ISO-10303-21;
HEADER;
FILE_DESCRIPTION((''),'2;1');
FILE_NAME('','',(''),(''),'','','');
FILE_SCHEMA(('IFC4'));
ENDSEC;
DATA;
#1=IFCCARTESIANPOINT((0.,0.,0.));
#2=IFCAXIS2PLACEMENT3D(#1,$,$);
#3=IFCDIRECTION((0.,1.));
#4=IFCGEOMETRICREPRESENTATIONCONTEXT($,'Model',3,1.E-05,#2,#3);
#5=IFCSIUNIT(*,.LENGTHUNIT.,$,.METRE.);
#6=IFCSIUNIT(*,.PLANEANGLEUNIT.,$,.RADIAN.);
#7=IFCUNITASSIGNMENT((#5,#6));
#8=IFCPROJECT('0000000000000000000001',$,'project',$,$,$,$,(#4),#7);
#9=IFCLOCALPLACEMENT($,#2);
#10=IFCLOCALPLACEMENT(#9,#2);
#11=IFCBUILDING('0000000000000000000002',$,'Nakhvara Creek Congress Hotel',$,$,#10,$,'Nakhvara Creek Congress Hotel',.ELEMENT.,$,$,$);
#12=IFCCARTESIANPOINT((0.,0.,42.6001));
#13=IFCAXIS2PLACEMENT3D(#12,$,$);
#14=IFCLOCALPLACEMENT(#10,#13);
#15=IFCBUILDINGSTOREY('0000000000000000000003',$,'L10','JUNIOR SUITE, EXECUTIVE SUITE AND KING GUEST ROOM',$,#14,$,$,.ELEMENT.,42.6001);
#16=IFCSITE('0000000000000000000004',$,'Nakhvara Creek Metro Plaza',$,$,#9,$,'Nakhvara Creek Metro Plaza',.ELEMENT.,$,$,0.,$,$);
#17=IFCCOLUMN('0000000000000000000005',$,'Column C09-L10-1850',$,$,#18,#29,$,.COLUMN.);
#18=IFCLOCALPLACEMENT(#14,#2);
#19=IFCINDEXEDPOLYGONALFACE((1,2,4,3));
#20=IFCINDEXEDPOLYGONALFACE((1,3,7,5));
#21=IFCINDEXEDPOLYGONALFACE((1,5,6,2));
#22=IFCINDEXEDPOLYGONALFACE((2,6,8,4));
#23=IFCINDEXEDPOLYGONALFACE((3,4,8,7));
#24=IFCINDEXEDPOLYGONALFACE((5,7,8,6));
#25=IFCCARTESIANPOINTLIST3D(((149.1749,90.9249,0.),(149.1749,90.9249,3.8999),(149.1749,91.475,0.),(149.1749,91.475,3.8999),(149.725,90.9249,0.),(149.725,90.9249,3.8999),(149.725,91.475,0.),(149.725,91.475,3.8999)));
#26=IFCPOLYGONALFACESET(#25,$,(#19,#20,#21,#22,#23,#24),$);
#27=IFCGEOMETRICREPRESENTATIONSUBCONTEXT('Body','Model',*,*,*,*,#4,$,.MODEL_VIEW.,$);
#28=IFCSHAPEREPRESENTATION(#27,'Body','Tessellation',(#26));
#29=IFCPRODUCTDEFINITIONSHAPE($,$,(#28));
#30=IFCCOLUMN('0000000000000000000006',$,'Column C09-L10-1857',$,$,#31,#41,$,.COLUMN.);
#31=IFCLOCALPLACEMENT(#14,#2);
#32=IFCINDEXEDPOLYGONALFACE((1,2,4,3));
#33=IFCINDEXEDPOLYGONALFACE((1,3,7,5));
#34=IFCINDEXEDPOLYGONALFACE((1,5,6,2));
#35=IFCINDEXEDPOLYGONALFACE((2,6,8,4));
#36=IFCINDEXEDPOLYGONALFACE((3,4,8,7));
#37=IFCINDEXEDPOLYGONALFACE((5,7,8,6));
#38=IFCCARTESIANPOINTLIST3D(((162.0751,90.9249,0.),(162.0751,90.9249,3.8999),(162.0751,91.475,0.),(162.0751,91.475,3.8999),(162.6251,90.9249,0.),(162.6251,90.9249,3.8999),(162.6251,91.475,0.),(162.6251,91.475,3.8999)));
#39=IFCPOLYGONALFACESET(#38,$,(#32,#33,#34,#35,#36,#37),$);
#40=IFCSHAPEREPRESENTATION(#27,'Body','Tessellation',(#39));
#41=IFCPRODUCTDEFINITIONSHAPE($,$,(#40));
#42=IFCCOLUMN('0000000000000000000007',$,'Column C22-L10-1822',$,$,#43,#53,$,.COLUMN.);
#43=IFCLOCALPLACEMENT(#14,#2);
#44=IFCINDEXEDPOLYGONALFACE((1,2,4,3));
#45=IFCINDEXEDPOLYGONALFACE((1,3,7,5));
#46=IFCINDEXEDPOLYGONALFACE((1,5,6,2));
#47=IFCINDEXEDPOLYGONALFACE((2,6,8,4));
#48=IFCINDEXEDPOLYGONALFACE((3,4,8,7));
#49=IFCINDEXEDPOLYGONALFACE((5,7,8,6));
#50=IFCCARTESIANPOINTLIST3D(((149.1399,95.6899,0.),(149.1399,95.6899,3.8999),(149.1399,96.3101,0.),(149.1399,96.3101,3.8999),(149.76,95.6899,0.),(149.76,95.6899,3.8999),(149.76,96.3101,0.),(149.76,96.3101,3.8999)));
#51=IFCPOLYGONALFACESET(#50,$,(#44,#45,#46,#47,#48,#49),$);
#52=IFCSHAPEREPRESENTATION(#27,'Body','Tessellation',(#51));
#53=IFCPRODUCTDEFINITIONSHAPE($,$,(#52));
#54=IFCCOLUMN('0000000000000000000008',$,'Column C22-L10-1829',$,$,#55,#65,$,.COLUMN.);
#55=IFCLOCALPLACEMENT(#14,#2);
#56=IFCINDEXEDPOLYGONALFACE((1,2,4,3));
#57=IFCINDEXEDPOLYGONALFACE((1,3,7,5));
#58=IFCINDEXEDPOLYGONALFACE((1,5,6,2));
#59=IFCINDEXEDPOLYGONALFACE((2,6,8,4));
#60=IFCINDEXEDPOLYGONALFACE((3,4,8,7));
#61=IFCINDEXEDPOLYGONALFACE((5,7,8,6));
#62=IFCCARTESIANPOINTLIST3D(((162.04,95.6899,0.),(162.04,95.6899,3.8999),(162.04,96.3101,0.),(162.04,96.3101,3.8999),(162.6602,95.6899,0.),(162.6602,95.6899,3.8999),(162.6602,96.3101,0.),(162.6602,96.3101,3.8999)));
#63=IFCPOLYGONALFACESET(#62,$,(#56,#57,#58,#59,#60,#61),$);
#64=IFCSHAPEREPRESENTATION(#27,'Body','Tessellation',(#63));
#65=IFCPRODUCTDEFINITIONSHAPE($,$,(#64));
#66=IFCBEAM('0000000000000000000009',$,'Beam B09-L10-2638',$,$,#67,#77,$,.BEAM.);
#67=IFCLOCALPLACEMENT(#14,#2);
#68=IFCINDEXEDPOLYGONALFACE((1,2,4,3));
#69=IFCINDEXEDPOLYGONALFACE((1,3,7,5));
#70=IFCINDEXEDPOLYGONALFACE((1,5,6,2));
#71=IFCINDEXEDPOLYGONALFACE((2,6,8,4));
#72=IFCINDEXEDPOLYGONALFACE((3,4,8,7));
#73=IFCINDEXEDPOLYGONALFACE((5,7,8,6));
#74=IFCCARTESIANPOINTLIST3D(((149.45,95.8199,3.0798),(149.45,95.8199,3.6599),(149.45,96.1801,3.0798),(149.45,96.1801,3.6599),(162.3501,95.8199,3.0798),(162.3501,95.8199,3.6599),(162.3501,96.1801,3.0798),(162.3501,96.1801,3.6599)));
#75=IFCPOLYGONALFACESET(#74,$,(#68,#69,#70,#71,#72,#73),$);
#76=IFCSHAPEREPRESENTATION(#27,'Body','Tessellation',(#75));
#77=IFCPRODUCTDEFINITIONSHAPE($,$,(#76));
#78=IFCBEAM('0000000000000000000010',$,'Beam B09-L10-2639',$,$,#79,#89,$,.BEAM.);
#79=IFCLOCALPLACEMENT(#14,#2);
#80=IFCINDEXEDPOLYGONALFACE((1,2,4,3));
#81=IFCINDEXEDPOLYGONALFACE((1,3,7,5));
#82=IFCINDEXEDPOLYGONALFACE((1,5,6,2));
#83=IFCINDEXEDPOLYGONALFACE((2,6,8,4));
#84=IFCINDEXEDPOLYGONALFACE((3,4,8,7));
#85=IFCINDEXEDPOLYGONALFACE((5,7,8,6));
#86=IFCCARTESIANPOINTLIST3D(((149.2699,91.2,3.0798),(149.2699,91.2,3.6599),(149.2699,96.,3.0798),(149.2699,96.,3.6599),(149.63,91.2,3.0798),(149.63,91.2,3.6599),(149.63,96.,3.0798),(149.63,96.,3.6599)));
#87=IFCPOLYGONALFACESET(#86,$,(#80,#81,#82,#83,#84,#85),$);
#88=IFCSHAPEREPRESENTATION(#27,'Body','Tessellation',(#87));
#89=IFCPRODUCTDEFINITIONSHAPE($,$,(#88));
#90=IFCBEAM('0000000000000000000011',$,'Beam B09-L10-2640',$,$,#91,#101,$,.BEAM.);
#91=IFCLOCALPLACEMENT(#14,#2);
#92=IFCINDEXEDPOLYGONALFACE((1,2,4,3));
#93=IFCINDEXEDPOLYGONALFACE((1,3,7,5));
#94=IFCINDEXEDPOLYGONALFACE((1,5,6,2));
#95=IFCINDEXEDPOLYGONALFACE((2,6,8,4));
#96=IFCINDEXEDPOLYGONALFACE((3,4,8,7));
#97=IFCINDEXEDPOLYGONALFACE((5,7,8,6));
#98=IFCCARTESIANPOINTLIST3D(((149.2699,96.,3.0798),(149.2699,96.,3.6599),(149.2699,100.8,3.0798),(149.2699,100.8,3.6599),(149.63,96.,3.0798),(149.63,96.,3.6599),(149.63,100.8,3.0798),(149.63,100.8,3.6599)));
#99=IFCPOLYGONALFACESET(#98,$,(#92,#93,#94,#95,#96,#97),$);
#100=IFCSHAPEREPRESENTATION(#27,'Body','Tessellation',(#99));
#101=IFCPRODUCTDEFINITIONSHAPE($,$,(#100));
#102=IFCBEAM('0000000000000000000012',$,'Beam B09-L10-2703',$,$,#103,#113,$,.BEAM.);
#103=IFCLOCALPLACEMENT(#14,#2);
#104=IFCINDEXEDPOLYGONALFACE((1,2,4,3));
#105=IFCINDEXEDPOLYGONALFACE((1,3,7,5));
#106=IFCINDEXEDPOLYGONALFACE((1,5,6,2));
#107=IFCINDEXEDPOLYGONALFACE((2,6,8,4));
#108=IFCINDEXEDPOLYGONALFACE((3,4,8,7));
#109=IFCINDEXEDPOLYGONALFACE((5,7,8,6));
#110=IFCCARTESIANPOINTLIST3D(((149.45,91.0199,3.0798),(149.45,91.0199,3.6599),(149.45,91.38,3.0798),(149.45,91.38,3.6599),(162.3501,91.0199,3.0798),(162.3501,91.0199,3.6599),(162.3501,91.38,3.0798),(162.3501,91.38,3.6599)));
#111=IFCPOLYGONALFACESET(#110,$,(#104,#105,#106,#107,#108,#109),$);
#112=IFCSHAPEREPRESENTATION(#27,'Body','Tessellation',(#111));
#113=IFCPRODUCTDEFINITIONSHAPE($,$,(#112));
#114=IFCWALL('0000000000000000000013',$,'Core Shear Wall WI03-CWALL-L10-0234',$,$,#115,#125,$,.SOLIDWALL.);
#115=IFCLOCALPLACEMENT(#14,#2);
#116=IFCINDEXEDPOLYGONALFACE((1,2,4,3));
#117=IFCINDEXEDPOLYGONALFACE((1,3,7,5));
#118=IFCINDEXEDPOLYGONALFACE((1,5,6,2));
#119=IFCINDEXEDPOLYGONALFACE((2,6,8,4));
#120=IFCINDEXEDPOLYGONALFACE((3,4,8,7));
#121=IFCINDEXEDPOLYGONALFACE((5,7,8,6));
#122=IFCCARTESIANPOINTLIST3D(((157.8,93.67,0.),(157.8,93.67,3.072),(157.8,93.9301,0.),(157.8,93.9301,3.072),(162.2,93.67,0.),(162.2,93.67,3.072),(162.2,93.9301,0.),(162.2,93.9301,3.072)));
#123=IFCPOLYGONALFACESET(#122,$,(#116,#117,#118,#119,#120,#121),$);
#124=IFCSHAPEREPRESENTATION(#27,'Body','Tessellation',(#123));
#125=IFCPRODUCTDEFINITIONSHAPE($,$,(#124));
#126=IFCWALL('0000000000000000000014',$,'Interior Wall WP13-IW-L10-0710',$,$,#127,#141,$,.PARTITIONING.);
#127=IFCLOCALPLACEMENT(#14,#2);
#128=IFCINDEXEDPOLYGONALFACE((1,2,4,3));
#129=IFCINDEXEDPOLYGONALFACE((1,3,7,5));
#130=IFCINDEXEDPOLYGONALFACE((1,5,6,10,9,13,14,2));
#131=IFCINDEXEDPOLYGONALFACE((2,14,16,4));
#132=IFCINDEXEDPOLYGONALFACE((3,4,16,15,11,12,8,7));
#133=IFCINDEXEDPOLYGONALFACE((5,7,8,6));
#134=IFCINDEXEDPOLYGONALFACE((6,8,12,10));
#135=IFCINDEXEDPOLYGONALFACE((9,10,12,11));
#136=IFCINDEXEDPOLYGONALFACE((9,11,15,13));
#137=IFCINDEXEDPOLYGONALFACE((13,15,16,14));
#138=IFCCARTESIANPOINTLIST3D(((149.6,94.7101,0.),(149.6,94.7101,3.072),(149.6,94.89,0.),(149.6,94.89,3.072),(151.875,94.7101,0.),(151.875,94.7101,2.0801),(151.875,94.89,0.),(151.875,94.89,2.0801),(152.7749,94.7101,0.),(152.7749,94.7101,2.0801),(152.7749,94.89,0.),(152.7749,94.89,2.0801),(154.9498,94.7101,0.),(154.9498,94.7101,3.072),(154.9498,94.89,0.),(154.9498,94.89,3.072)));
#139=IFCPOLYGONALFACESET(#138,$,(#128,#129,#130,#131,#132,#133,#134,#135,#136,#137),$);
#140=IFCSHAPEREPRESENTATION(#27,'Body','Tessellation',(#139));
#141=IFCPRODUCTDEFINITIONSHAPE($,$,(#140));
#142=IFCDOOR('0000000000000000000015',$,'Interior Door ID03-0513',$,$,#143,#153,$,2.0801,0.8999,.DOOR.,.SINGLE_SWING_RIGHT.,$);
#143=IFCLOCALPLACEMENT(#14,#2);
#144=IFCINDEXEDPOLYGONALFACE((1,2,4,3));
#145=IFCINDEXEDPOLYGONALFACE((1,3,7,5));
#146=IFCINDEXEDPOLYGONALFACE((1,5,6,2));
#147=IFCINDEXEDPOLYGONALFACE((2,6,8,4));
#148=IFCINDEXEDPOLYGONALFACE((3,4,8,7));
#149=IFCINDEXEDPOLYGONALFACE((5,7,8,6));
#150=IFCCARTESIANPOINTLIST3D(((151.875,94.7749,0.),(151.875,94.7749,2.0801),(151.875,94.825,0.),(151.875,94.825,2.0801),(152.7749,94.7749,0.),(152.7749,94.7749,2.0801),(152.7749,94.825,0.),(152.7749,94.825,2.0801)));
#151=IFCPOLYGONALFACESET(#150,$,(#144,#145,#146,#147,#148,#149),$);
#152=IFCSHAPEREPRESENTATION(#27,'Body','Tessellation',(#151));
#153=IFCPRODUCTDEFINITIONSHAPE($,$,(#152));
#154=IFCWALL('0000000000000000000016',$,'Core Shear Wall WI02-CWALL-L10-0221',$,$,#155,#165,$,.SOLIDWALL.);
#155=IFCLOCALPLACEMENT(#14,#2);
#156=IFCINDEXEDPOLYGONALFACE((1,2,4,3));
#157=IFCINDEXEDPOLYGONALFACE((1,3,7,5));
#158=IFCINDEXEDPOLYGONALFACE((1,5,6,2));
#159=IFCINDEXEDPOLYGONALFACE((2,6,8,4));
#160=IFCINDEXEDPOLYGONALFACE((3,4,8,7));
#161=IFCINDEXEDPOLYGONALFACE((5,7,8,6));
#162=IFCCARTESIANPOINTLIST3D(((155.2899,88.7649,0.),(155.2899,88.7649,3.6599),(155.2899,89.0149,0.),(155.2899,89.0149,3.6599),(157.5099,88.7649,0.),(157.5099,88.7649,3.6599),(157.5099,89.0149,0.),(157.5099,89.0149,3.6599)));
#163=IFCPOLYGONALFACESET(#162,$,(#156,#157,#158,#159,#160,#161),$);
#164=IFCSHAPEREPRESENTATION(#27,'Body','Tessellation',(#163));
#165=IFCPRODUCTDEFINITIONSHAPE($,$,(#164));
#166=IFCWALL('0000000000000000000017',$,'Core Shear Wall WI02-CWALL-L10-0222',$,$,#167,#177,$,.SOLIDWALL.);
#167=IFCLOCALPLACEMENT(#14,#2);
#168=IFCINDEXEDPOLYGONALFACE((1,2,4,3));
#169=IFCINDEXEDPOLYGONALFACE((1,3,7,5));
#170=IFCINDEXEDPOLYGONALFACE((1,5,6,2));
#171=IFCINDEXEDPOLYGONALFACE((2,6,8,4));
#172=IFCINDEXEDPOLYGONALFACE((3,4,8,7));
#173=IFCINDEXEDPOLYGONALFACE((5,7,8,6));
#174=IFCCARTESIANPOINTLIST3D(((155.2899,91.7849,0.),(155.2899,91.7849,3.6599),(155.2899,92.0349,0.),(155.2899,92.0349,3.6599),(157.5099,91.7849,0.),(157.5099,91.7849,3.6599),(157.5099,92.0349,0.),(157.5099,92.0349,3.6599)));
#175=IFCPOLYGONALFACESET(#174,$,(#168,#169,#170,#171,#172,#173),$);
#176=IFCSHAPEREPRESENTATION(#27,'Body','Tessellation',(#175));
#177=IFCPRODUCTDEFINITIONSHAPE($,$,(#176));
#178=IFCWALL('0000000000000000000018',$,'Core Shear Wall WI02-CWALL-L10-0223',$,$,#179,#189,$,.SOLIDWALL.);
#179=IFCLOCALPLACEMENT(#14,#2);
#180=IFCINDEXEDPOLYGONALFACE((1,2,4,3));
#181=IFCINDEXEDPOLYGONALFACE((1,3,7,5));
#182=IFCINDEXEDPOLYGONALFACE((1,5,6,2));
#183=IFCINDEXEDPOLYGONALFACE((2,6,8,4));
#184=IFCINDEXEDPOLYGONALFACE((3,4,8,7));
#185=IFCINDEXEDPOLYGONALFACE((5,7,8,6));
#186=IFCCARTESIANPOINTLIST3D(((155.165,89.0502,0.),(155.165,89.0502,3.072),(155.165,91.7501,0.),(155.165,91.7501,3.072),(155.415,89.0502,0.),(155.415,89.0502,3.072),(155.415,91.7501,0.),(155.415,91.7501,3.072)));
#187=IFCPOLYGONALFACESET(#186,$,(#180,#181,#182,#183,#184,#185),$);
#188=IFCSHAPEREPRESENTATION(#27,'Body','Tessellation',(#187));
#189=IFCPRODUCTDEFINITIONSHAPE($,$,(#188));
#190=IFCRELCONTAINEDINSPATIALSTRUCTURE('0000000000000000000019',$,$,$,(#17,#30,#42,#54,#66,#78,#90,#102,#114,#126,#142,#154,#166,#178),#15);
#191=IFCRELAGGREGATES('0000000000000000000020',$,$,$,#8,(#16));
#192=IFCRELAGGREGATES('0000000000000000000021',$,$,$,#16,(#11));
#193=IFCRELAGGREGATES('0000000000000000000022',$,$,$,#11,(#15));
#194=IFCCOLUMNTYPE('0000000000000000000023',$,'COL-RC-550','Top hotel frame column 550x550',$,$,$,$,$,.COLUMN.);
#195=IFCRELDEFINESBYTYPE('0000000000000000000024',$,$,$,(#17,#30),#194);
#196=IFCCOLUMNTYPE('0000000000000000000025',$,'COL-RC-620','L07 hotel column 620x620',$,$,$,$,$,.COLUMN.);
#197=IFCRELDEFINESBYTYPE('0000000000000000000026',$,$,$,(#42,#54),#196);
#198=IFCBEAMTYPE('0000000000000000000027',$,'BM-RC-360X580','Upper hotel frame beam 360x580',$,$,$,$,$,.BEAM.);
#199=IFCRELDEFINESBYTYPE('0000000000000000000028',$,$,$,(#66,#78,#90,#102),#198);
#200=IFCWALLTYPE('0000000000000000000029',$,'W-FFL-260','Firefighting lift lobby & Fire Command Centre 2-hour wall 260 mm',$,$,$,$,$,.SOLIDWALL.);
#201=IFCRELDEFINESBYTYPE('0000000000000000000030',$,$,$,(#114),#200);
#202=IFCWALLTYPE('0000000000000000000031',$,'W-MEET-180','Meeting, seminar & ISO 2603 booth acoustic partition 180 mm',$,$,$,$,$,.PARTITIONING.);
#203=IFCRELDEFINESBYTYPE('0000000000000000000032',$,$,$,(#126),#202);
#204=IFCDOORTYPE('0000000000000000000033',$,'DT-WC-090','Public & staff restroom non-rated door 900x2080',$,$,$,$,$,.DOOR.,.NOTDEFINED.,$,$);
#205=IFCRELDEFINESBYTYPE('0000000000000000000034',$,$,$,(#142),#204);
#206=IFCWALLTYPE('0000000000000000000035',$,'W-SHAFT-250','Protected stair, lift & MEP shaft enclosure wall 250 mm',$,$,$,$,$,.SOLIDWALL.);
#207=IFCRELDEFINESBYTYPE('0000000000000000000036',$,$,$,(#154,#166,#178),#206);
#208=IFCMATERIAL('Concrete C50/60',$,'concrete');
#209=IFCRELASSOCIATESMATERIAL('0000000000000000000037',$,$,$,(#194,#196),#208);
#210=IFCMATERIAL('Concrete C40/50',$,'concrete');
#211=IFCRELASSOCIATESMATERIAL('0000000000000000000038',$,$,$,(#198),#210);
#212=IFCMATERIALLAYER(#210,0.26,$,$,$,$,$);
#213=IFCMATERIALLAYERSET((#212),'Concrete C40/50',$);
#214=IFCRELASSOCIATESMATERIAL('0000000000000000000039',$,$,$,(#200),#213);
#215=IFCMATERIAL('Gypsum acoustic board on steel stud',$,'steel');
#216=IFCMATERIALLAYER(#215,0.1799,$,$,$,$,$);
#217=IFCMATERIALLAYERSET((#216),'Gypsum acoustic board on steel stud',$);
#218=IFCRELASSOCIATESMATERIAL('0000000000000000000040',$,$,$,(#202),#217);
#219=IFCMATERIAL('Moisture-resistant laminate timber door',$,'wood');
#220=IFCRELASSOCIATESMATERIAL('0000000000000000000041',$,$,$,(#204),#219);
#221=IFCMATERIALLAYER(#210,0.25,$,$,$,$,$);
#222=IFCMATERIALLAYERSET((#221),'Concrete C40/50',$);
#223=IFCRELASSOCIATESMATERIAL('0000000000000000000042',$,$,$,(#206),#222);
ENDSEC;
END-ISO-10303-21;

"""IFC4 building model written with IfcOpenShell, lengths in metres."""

from ifc_helpers import new_model, si_unit, direction, frame, frame_2d, origin, origin_2d, place, context, subcontext, project, spatial, rectangle, extrude, material, layer, layer_set, material_profile, profile_set, type_object, element, fill, save


model = new_model("IFC4")

# Units and contexts
model_context = context("Model", 3, precision=1e-05, world=origin(), true_north=direction((0.0, 1.0)))
body_context = subcontext(model_context, "Body", "Model", "MODEL_VIEW")
ifc_project = project(units=[si_unit("LENGTHUNIT", "METRE"), si_unit("PLANEANGLEUNIT", "RADIAN")], contexts=[model_context])

# Site, building, storey
site_placement = place(None, origin())
site = spatial("IfcSite", under=ifc_project, at=site_placement, Name="Nakhvara Creek Metro Plaza", LongName="Nakhvara Creek Metro Plaza", CompositionType="ELEMENT", RefElevation=0.0)
building_placement = place(site_placement, origin())
building = spatial("IfcBuilding", under=site, at=building_placement, Name="Nakhvara Creek Congress Hotel", LongName="Nakhvara Creek Congress Hotel", CompositionType="ELEMENT")
storey_placement = place(building_placement, frame((0.0, 0.0, 42.6001)))
storey = spatial("IfcBuildingStorey", under=building, at=storey_placement, Name="L10", Description="JUNIOR SUITE, EXECUTIVE SUITE AND KING GUEST ROOM", CompositionType="ELEMENT", Elevation=42.6001)

# Columns
ifc_material_1 = material(Name="Concrete C50/60", Category="concrete")
ifc_material_profile_1 = material_profile(ifc_material_1, rectangle(XDim=0.55, YDim=0.55, at=origin_2d()), Name="RC-COL 550x550", Category="LoadBearing")
ifc_profile_set_1 = profile_set([ifc_material_profile_1], Name="Concrete C50/60")
column_type_1 = type_object("IfcColumnType", Name="COL-RC-550", Description="Top hotel frame column 550x550", PredefinedType="COLUMN", material=ifc_profile_set_1)
for number, where, z_axis, x_axis, name in (
    (1, (149.45, 91.2, 0.0), (0.0, 0.0, 1.0), (1.0, 0.0, 0.0), "Column C09-L10-1850"),
    (2, (162.3501, 91.2, 0.0), (0.0, 0.0, 1.0), (1.0, 0.0, 0.0), "Column C09-L10-1857"),
):
    element("IfcColumn", number, at=place(storey_placement, frame(where, z_axis=z_axis, x_axis=x_axis)), inside=storey, type_object=column_type_1, Name=name, PredefinedType="COLUMN", context=body_context, shape_type="SweptSolid", body=[
        extrude(rectangle(XDim=0.55, YDim=0.55, at=origin_2d()), origin(), (0.0, 0.0, 1.0), 3.8999),
    ])
ifc_material_profile_2 = material_profile(ifc_material_1, rectangle(XDim=0.6201, YDim=0.6201, at=origin_2d()), Name="RC-COL 620x620", Category="LoadBearing")
ifc_profile_set_2 = profile_set([ifc_material_profile_2], Name="Concrete C50/60")
column_type_2 = type_object("IfcColumnType", Name="COL-RC-620", Description="L07 hotel column 620x620", PredefinedType="COLUMN", material=ifc_profile_set_2)
for number, where, z_axis, x_axis, name in (
    (3, (149.45, 96.0, 0.0), (0.0, 0.0, 1.0), (1.0, 0.0, 0.0), "Column C22-L10-1822"),
    (4, (162.3501, 96.0, 0.0), (0.0, 0.0, 1.0), (1.0, 0.0, 0.0), "Column C22-L10-1829"),
):
    element("IfcColumn", number, at=place(storey_placement, frame(where, z_axis=z_axis, x_axis=x_axis)), inside=storey, type_object=column_type_2, Name=name, PredefinedType="COLUMN", context=body_context, shape_type="SweptSolid", body=[
        extrude(rectangle(XDim=0.6201, YDim=0.6201, at=origin_2d()), origin(), (0.0, 0.0, 1.0), 3.8999),
    ])

# Beams
ifc_material_2 = material(Name="Concrete C40/50", Category="concrete")
ifc_material_profile_3 = material_profile(ifc_material_2, rectangle(XDim=0.3601, YDim=0.5801, at=origin_2d()), Name="RC-BM 360x580", Category="LoadBearing")
ifc_profile_set_3 = profile_set([ifc_material_profile_3], Name="Concrete C40/50")
beam_type = type_object("IfcBeamType", Name="BM-RC-360X580", Description="Upper hotel frame beam 360x580", PredefinedType="BEAM", material=ifc_profile_set_3)
beam_1_placement = place(storey_placement, frame((149.45, 96.0, 3.3699), z_axis=(1.0, 0.0, 0.0), x_axis=(0.0, 1.0, 0.0)))
element("IfcBeam", 5, at=beam_1_placement, inside=storey, type_object=beam_type, Name="Beam B09-L10-2638", PredefinedType="BEAM", context=body_context, shape_type="SweptSolid", body=[
    extrude(rectangle(XDim=0.3601, YDim=0.5801, at=origin_2d()), origin(), (0.0, 0.0, 1.0), 12.9001),
])
for number, where, z_axis, x_axis, name in (
    (6, (149.45, 91.2, 3.3699), (0.0, 1.0, 0.0), (-1.0, 0.0, 0.0), "Beam B09-L10-2639"),
    (7, (149.45, 96.0, 3.3699), (0.0, 1.0, 0.0), (-1.0, 0.0, 0.0), "Beam B09-L10-2640"),
):
    element("IfcBeam", number, at=place(storey_placement, frame(where, z_axis=z_axis, x_axis=x_axis)), inside=storey, type_object=beam_type, Name=name, PredefinedType="BEAM", context=body_context, shape_type="SweptSolid", body=[
        extrude(rectangle(XDim=0.3601, YDim=0.5801, at=origin_2d()), origin(), (0.0, 0.0, 1.0), 4.8),
    ])
beam_2_placement = place(storey_placement, frame((149.45, 91.2, 3.3699), z_axis=(1.0, 0.0, 0.0), x_axis=(0.0, 1.0, 0.0)))
element("IfcBeam", 8, at=beam_2_placement, inside=storey, type_object=beam_type, Name="Beam B09-L10-2703", PredefinedType="BEAM", context=body_context, shape_type="SweptSolid", body=[
    extrude(rectangle(XDim=0.3601, YDim=0.5801, at=origin_2d()), origin(), (0.0, 0.0, 1.0), 12.9001),
])

# Wall
ifc_layer_1 = layer(ifc_material_2, 0.26)
ifc_layer_set_1 = layer_set([ifc_layer_1], Name="Concrete C40/50")
wall_type_1 = type_object("IfcWallType", Name="W-FFL-260", Description="Firefighting lift lobby & Fire Command Centre 2-hour wall 260 mm", PredefinedType="SOLIDWALL", material=ifc_layer_set_1)
wall_1_placement = place(storey_placement, frame((157.8, 93.8, 0.0), z_axis=(0.0, 0.0, 1.0), x_axis=(1.0, 0.0, 0.0)))
element("IfcWall", 9, at=wall_1_placement, inside=storey, type_object=wall_type_1, Name="Core Shear Wall WI03-CWALL-L10-0234", PredefinedType="SOLIDWALL", context=body_context, shape_type="SweptSolid", body=[
    extrude(rectangle(XDim=4.3999, YDim=0.26, at=frame_2d((2.2, 0.0))), origin(), (0.0, 0.0, 1.0), 3.072),
])

# Wall, opening, door
ifc_material_3 = material(Name="Gypsum acoustic board on steel stud", Category="steel")
ifc_layer_2 = layer(ifc_material_3, 0.1799)
ifc_layer_set_2 = layer_set([ifc_layer_2], Name="Gypsum acoustic board on steel stud")
wall_type_2 = type_object("IfcWallType", Name="W-MEET-180", Description="Meeting, seminar & ISO 2603 booth acoustic partition 180 mm", PredefinedType="PARTITIONING", material=ifc_layer_set_2)
wall_2_placement = place(storey_placement, frame((149.6001, 94.8, 0.0), z_axis=(0.0, 0.0, 1.0), x_axis=(1.0, 0.0, 0.0)))
wall_2 = element("IfcWall", 10, at=wall_2_placement, inside=storey, type_object=wall_type_2, Name="Interior Wall WP13-IW-L10-0710", PredefinedType="PARTITIONING", context=body_context, shape_type="SweptSolid", body=[
    extrude(rectangle(XDim=5.3499, YDim=0.1799, at=frame_2d((2.6748, 0.0))), origin(), (0.0, 0.0, 1.0), 3.072),
])
opening_1_placement = place(wall_2_placement, frame((2.2749, 0.0, 0.0)))
opening_1 = element("IfcOpeningElement", 11, at=opening_1_placement, cuts=wall_2, PredefinedType="OPENING", context=body_context, shape_type="SweptSolid", body=[
    extrude(rectangle(XDim=0.8999, YDim=2.0801, at=frame_2d((0.45, 1.04))), frame((0.0, 0.1021, 0.0), z_axis=(0.0, -1.0, 0.0), x_axis=(1.0, 0.0, 0.0)), (0.0, 0.0, 1.0), 0.2039),
])
ifc_material_4 = material(Name="Moisture-resistant laminate timber door", Category="wood")
door_type_1 = type_object("IfcDoorType", Name="DT-WC-090", Description="Public & staff restroom non-rated door 900x2080", OperationType="NOTDEFINED", PredefinedType="DOOR", material=ifc_material_4)
door_1_placement = place(opening_1_placement, origin())
door_1 = element("IfcDoor", 12, at=door_1_placement, inside=storey, type_object=door_type_1, Name="Interior Door ID03-0513", OperationType="SINGLE_SWING_RIGHT", OverallHeight=2.0801, OverallWidth=0.8999, PredefinedType="DOOR", context=body_context, shape_type="SweptSolid", body=[
    extrude(rectangle(XDim=0.8999, YDim=2.0801, at=frame_2d((0.45, 1.04))), frame((0.0, 0.0249, 0.0), z_axis=(0.0, -1.0, 0.0), x_axis=(1.0, 0.0, 0.0)), (0.0, 0.0, 1.0), 0.05),
])
fill(opening_1, door_1)

# Walls
ifc_layer_3 = layer(ifc_material_2, 0.25)
ifc_layer_set_3 = layer_set([ifc_layer_3], Name="Concrete C40/50")
wall_type_3 = type_object("IfcWallType", Name="W-SHAFT-250", Description="Protected stair, lift & MEP shaft enclosure wall 250 mm", PredefinedType="SOLIDWALL", material=ifc_layer_set_3)
for number, where, z_axis, x_axis, name in (
    (13, (155.29, 88.8899, 0.0), (0.0, 0.0, 1.0), (1.0, 0.0, 0.0), "Core Shear Wall WI02-CWALL-L10-0221"),
    (14, (155.29, 91.9099, 0.0), (0.0, 0.0, 1.0), (1.0, 0.0, 0.0), "Core Shear Wall WI02-CWALL-L10-0222"),
):
    element("IfcWall", number, at=place(storey_placement, frame(where, z_axis=z_axis, x_axis=x_axis)), inside=storey, type_object=wall_type_3, Name=name, PredefinedType="SOLIDWALL", context=body_context, shape_type="SweptSolid", body=[
        extrude(rectangle(XDim=2.22, YDim=0.25, at=frame_2d((1.1099, 0.0))), origin(), (0.0, 0.0, 1.0), 3.6599),
    ])
wall_3_placement = place(storey_placement, frame((155.29, 89.05, 0.0), z_axis=(0.0, 0.0, 1.0), x_axis=(0.0, 1.0, 0.0)))
element("IfcWall", 15, at=wall_3_placement, inside=storey, type_object=wall_type_3, Name="Core Shear Wall WI02-CWALL-L10-0223", PredefinedType="SOLIDWALL", context=body_context, shape_type="SweptSolid", body=[
    extrude(rectangle(XDim=2.7, YDim=0.25, at=frame_2d((1.3501, 0.0))), origin(), (0.0, 0.0, 1.0), 3.072),
])

save(model, "model.ifc")
